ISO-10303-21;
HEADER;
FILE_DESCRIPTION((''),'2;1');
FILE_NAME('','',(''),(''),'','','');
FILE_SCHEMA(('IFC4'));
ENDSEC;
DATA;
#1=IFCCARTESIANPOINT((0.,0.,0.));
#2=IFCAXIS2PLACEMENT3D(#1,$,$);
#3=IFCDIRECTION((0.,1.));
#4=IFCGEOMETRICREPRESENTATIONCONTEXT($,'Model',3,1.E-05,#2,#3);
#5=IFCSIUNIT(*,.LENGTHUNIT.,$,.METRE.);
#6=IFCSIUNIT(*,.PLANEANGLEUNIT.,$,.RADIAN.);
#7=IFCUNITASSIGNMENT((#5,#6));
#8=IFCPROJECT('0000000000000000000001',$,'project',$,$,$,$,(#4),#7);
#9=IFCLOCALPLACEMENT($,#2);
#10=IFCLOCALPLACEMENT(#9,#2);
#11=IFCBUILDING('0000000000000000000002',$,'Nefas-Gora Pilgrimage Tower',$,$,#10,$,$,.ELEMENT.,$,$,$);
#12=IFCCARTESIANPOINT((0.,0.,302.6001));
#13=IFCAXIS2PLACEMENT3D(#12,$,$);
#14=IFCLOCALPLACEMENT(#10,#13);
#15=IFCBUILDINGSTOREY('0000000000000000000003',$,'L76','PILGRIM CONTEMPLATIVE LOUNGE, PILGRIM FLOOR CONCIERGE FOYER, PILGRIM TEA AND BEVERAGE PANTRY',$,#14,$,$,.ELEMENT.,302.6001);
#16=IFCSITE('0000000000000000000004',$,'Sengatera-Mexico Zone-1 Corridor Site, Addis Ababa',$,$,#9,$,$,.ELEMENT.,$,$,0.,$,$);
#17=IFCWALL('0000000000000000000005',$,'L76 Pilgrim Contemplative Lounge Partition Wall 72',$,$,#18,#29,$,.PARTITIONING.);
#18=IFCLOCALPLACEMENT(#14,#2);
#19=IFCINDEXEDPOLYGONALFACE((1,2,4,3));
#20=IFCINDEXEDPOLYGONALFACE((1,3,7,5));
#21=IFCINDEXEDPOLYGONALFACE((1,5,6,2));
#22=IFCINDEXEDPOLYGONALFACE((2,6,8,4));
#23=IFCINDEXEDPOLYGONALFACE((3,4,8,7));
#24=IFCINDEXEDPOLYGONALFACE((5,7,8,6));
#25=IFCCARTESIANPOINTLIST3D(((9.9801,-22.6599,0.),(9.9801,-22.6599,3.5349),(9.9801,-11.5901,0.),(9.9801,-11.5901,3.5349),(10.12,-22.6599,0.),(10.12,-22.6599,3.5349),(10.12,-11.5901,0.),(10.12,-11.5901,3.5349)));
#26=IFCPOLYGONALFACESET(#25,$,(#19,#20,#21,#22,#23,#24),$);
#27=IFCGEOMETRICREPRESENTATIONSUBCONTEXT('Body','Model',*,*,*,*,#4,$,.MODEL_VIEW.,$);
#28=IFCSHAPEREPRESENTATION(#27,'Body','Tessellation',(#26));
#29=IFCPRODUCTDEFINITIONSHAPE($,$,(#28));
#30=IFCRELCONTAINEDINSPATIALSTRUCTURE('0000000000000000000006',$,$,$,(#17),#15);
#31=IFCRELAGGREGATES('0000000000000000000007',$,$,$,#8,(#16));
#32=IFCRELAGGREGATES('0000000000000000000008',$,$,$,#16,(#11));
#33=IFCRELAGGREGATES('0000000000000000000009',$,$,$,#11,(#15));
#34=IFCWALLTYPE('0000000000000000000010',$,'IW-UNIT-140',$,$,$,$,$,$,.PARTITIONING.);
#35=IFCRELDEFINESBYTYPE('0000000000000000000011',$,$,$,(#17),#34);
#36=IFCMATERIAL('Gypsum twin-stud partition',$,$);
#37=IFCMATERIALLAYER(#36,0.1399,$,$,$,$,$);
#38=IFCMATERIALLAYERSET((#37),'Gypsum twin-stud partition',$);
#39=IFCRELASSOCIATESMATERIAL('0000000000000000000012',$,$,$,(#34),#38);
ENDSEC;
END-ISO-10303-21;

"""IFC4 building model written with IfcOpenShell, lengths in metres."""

from ifc_helpers import new_model, si_unit, direction, frame, frame_2d, origin, place, context, subcontext, project, spatial, rectangle, extrude, source, transform, mapped, material, layer, layer_set, type_object, element, save


model = new_model("IFC4")

# Units and contexts
model_context = context("Model", 3, precision=1e-05, world=origin(), true_north=direction((0.0, 1.0)))
body_context = subcontext(model_context, "Body", "Model", "MODEL_VIEW")
ifc_project = project(units=[si_unit("LENGTHUNIT", "METRE"), si_unit("PLANEANGLEUNIT", "RADIAN")], contexts=[model_context])

# Site, building, storey
site_placement = place(None, origin())
site = spatial("IfcSite", under=ifc_project, at=site_placement, Name="Sengatera-Mexico Zone-1 Corridor Site, Addis Ababa", CompositionType="ELEMENT", RefElevation=0.0)
building_placement = place(site_placement, origin())
building = spatial("IfcBuilding", under=site, at=building_placement, Name="Nefas-Gora Pilgrimage Tower", CompositionType="ELEMENT")
storey_placement = place(building_placement, frame((0.0, 0.0, 302.6001)))
storey = spatial("IfcBuildingStorey", under=building, at=storey_placement, Name="L76", Description="PILGRIM CONTEMPLATIVE LOUNGE, PILGRIM FLOOR CONCIERGE FOYER, PILGRIM TEA AND BEVERAGE PANTRY", CompositionType="ELEMENT", Elevation=302.6001)

# Wall
ifc_material_1 = material(Name="Gypsum twin-stud partition")
ifc_layer_1 = layer(ifc_material_1, 0.1399)
ifc_layer_set_1 = layer_set([ifc_layer_1], Name="Gypsum twin-stud partition")
wall_type_1 = type_object("IfcWallType", Name="IW-UNIT-140", PredefinedType="PARTITIONING", material=ifc_layer_set_1)
shared_shape_1 = source(origin(), body_context, "Body", "SweptSolid", [
    extrude(rectangle(XDim=11.0698, YDim=0.1399, at=frame_2d((5.5349, 0.0))), origin(), (0.0, 0.0, 1.0), 3.5349),
])
wall_1_placement = place(storey_placement, frame((10.05, -22.6599, 0.0), z_axis=(0.0, 0.0, 1.0), x_axis=(0.0, 1.0, 0.0)))
element("IfcWall", 1, at=wall_1_placement, inside=storey, type_object=wall_type_1, Name="L76 Pilgrim Contemplative Lounge Partition Wall 72", PredefinedType="PARTITIONING", context=body_context, shape_type="MappedRepresentation", body=[
    mapped(shared_shape_1, transform((0.0, 0.0, 0.0), x_axis=(1.0, 0.0, 0.0), y_axis=(0.0, 1.0, 0.0), z_axis=(0.0, 0.0, 1.0), scale=1.0)),
])

save(model, "model.ifc")
